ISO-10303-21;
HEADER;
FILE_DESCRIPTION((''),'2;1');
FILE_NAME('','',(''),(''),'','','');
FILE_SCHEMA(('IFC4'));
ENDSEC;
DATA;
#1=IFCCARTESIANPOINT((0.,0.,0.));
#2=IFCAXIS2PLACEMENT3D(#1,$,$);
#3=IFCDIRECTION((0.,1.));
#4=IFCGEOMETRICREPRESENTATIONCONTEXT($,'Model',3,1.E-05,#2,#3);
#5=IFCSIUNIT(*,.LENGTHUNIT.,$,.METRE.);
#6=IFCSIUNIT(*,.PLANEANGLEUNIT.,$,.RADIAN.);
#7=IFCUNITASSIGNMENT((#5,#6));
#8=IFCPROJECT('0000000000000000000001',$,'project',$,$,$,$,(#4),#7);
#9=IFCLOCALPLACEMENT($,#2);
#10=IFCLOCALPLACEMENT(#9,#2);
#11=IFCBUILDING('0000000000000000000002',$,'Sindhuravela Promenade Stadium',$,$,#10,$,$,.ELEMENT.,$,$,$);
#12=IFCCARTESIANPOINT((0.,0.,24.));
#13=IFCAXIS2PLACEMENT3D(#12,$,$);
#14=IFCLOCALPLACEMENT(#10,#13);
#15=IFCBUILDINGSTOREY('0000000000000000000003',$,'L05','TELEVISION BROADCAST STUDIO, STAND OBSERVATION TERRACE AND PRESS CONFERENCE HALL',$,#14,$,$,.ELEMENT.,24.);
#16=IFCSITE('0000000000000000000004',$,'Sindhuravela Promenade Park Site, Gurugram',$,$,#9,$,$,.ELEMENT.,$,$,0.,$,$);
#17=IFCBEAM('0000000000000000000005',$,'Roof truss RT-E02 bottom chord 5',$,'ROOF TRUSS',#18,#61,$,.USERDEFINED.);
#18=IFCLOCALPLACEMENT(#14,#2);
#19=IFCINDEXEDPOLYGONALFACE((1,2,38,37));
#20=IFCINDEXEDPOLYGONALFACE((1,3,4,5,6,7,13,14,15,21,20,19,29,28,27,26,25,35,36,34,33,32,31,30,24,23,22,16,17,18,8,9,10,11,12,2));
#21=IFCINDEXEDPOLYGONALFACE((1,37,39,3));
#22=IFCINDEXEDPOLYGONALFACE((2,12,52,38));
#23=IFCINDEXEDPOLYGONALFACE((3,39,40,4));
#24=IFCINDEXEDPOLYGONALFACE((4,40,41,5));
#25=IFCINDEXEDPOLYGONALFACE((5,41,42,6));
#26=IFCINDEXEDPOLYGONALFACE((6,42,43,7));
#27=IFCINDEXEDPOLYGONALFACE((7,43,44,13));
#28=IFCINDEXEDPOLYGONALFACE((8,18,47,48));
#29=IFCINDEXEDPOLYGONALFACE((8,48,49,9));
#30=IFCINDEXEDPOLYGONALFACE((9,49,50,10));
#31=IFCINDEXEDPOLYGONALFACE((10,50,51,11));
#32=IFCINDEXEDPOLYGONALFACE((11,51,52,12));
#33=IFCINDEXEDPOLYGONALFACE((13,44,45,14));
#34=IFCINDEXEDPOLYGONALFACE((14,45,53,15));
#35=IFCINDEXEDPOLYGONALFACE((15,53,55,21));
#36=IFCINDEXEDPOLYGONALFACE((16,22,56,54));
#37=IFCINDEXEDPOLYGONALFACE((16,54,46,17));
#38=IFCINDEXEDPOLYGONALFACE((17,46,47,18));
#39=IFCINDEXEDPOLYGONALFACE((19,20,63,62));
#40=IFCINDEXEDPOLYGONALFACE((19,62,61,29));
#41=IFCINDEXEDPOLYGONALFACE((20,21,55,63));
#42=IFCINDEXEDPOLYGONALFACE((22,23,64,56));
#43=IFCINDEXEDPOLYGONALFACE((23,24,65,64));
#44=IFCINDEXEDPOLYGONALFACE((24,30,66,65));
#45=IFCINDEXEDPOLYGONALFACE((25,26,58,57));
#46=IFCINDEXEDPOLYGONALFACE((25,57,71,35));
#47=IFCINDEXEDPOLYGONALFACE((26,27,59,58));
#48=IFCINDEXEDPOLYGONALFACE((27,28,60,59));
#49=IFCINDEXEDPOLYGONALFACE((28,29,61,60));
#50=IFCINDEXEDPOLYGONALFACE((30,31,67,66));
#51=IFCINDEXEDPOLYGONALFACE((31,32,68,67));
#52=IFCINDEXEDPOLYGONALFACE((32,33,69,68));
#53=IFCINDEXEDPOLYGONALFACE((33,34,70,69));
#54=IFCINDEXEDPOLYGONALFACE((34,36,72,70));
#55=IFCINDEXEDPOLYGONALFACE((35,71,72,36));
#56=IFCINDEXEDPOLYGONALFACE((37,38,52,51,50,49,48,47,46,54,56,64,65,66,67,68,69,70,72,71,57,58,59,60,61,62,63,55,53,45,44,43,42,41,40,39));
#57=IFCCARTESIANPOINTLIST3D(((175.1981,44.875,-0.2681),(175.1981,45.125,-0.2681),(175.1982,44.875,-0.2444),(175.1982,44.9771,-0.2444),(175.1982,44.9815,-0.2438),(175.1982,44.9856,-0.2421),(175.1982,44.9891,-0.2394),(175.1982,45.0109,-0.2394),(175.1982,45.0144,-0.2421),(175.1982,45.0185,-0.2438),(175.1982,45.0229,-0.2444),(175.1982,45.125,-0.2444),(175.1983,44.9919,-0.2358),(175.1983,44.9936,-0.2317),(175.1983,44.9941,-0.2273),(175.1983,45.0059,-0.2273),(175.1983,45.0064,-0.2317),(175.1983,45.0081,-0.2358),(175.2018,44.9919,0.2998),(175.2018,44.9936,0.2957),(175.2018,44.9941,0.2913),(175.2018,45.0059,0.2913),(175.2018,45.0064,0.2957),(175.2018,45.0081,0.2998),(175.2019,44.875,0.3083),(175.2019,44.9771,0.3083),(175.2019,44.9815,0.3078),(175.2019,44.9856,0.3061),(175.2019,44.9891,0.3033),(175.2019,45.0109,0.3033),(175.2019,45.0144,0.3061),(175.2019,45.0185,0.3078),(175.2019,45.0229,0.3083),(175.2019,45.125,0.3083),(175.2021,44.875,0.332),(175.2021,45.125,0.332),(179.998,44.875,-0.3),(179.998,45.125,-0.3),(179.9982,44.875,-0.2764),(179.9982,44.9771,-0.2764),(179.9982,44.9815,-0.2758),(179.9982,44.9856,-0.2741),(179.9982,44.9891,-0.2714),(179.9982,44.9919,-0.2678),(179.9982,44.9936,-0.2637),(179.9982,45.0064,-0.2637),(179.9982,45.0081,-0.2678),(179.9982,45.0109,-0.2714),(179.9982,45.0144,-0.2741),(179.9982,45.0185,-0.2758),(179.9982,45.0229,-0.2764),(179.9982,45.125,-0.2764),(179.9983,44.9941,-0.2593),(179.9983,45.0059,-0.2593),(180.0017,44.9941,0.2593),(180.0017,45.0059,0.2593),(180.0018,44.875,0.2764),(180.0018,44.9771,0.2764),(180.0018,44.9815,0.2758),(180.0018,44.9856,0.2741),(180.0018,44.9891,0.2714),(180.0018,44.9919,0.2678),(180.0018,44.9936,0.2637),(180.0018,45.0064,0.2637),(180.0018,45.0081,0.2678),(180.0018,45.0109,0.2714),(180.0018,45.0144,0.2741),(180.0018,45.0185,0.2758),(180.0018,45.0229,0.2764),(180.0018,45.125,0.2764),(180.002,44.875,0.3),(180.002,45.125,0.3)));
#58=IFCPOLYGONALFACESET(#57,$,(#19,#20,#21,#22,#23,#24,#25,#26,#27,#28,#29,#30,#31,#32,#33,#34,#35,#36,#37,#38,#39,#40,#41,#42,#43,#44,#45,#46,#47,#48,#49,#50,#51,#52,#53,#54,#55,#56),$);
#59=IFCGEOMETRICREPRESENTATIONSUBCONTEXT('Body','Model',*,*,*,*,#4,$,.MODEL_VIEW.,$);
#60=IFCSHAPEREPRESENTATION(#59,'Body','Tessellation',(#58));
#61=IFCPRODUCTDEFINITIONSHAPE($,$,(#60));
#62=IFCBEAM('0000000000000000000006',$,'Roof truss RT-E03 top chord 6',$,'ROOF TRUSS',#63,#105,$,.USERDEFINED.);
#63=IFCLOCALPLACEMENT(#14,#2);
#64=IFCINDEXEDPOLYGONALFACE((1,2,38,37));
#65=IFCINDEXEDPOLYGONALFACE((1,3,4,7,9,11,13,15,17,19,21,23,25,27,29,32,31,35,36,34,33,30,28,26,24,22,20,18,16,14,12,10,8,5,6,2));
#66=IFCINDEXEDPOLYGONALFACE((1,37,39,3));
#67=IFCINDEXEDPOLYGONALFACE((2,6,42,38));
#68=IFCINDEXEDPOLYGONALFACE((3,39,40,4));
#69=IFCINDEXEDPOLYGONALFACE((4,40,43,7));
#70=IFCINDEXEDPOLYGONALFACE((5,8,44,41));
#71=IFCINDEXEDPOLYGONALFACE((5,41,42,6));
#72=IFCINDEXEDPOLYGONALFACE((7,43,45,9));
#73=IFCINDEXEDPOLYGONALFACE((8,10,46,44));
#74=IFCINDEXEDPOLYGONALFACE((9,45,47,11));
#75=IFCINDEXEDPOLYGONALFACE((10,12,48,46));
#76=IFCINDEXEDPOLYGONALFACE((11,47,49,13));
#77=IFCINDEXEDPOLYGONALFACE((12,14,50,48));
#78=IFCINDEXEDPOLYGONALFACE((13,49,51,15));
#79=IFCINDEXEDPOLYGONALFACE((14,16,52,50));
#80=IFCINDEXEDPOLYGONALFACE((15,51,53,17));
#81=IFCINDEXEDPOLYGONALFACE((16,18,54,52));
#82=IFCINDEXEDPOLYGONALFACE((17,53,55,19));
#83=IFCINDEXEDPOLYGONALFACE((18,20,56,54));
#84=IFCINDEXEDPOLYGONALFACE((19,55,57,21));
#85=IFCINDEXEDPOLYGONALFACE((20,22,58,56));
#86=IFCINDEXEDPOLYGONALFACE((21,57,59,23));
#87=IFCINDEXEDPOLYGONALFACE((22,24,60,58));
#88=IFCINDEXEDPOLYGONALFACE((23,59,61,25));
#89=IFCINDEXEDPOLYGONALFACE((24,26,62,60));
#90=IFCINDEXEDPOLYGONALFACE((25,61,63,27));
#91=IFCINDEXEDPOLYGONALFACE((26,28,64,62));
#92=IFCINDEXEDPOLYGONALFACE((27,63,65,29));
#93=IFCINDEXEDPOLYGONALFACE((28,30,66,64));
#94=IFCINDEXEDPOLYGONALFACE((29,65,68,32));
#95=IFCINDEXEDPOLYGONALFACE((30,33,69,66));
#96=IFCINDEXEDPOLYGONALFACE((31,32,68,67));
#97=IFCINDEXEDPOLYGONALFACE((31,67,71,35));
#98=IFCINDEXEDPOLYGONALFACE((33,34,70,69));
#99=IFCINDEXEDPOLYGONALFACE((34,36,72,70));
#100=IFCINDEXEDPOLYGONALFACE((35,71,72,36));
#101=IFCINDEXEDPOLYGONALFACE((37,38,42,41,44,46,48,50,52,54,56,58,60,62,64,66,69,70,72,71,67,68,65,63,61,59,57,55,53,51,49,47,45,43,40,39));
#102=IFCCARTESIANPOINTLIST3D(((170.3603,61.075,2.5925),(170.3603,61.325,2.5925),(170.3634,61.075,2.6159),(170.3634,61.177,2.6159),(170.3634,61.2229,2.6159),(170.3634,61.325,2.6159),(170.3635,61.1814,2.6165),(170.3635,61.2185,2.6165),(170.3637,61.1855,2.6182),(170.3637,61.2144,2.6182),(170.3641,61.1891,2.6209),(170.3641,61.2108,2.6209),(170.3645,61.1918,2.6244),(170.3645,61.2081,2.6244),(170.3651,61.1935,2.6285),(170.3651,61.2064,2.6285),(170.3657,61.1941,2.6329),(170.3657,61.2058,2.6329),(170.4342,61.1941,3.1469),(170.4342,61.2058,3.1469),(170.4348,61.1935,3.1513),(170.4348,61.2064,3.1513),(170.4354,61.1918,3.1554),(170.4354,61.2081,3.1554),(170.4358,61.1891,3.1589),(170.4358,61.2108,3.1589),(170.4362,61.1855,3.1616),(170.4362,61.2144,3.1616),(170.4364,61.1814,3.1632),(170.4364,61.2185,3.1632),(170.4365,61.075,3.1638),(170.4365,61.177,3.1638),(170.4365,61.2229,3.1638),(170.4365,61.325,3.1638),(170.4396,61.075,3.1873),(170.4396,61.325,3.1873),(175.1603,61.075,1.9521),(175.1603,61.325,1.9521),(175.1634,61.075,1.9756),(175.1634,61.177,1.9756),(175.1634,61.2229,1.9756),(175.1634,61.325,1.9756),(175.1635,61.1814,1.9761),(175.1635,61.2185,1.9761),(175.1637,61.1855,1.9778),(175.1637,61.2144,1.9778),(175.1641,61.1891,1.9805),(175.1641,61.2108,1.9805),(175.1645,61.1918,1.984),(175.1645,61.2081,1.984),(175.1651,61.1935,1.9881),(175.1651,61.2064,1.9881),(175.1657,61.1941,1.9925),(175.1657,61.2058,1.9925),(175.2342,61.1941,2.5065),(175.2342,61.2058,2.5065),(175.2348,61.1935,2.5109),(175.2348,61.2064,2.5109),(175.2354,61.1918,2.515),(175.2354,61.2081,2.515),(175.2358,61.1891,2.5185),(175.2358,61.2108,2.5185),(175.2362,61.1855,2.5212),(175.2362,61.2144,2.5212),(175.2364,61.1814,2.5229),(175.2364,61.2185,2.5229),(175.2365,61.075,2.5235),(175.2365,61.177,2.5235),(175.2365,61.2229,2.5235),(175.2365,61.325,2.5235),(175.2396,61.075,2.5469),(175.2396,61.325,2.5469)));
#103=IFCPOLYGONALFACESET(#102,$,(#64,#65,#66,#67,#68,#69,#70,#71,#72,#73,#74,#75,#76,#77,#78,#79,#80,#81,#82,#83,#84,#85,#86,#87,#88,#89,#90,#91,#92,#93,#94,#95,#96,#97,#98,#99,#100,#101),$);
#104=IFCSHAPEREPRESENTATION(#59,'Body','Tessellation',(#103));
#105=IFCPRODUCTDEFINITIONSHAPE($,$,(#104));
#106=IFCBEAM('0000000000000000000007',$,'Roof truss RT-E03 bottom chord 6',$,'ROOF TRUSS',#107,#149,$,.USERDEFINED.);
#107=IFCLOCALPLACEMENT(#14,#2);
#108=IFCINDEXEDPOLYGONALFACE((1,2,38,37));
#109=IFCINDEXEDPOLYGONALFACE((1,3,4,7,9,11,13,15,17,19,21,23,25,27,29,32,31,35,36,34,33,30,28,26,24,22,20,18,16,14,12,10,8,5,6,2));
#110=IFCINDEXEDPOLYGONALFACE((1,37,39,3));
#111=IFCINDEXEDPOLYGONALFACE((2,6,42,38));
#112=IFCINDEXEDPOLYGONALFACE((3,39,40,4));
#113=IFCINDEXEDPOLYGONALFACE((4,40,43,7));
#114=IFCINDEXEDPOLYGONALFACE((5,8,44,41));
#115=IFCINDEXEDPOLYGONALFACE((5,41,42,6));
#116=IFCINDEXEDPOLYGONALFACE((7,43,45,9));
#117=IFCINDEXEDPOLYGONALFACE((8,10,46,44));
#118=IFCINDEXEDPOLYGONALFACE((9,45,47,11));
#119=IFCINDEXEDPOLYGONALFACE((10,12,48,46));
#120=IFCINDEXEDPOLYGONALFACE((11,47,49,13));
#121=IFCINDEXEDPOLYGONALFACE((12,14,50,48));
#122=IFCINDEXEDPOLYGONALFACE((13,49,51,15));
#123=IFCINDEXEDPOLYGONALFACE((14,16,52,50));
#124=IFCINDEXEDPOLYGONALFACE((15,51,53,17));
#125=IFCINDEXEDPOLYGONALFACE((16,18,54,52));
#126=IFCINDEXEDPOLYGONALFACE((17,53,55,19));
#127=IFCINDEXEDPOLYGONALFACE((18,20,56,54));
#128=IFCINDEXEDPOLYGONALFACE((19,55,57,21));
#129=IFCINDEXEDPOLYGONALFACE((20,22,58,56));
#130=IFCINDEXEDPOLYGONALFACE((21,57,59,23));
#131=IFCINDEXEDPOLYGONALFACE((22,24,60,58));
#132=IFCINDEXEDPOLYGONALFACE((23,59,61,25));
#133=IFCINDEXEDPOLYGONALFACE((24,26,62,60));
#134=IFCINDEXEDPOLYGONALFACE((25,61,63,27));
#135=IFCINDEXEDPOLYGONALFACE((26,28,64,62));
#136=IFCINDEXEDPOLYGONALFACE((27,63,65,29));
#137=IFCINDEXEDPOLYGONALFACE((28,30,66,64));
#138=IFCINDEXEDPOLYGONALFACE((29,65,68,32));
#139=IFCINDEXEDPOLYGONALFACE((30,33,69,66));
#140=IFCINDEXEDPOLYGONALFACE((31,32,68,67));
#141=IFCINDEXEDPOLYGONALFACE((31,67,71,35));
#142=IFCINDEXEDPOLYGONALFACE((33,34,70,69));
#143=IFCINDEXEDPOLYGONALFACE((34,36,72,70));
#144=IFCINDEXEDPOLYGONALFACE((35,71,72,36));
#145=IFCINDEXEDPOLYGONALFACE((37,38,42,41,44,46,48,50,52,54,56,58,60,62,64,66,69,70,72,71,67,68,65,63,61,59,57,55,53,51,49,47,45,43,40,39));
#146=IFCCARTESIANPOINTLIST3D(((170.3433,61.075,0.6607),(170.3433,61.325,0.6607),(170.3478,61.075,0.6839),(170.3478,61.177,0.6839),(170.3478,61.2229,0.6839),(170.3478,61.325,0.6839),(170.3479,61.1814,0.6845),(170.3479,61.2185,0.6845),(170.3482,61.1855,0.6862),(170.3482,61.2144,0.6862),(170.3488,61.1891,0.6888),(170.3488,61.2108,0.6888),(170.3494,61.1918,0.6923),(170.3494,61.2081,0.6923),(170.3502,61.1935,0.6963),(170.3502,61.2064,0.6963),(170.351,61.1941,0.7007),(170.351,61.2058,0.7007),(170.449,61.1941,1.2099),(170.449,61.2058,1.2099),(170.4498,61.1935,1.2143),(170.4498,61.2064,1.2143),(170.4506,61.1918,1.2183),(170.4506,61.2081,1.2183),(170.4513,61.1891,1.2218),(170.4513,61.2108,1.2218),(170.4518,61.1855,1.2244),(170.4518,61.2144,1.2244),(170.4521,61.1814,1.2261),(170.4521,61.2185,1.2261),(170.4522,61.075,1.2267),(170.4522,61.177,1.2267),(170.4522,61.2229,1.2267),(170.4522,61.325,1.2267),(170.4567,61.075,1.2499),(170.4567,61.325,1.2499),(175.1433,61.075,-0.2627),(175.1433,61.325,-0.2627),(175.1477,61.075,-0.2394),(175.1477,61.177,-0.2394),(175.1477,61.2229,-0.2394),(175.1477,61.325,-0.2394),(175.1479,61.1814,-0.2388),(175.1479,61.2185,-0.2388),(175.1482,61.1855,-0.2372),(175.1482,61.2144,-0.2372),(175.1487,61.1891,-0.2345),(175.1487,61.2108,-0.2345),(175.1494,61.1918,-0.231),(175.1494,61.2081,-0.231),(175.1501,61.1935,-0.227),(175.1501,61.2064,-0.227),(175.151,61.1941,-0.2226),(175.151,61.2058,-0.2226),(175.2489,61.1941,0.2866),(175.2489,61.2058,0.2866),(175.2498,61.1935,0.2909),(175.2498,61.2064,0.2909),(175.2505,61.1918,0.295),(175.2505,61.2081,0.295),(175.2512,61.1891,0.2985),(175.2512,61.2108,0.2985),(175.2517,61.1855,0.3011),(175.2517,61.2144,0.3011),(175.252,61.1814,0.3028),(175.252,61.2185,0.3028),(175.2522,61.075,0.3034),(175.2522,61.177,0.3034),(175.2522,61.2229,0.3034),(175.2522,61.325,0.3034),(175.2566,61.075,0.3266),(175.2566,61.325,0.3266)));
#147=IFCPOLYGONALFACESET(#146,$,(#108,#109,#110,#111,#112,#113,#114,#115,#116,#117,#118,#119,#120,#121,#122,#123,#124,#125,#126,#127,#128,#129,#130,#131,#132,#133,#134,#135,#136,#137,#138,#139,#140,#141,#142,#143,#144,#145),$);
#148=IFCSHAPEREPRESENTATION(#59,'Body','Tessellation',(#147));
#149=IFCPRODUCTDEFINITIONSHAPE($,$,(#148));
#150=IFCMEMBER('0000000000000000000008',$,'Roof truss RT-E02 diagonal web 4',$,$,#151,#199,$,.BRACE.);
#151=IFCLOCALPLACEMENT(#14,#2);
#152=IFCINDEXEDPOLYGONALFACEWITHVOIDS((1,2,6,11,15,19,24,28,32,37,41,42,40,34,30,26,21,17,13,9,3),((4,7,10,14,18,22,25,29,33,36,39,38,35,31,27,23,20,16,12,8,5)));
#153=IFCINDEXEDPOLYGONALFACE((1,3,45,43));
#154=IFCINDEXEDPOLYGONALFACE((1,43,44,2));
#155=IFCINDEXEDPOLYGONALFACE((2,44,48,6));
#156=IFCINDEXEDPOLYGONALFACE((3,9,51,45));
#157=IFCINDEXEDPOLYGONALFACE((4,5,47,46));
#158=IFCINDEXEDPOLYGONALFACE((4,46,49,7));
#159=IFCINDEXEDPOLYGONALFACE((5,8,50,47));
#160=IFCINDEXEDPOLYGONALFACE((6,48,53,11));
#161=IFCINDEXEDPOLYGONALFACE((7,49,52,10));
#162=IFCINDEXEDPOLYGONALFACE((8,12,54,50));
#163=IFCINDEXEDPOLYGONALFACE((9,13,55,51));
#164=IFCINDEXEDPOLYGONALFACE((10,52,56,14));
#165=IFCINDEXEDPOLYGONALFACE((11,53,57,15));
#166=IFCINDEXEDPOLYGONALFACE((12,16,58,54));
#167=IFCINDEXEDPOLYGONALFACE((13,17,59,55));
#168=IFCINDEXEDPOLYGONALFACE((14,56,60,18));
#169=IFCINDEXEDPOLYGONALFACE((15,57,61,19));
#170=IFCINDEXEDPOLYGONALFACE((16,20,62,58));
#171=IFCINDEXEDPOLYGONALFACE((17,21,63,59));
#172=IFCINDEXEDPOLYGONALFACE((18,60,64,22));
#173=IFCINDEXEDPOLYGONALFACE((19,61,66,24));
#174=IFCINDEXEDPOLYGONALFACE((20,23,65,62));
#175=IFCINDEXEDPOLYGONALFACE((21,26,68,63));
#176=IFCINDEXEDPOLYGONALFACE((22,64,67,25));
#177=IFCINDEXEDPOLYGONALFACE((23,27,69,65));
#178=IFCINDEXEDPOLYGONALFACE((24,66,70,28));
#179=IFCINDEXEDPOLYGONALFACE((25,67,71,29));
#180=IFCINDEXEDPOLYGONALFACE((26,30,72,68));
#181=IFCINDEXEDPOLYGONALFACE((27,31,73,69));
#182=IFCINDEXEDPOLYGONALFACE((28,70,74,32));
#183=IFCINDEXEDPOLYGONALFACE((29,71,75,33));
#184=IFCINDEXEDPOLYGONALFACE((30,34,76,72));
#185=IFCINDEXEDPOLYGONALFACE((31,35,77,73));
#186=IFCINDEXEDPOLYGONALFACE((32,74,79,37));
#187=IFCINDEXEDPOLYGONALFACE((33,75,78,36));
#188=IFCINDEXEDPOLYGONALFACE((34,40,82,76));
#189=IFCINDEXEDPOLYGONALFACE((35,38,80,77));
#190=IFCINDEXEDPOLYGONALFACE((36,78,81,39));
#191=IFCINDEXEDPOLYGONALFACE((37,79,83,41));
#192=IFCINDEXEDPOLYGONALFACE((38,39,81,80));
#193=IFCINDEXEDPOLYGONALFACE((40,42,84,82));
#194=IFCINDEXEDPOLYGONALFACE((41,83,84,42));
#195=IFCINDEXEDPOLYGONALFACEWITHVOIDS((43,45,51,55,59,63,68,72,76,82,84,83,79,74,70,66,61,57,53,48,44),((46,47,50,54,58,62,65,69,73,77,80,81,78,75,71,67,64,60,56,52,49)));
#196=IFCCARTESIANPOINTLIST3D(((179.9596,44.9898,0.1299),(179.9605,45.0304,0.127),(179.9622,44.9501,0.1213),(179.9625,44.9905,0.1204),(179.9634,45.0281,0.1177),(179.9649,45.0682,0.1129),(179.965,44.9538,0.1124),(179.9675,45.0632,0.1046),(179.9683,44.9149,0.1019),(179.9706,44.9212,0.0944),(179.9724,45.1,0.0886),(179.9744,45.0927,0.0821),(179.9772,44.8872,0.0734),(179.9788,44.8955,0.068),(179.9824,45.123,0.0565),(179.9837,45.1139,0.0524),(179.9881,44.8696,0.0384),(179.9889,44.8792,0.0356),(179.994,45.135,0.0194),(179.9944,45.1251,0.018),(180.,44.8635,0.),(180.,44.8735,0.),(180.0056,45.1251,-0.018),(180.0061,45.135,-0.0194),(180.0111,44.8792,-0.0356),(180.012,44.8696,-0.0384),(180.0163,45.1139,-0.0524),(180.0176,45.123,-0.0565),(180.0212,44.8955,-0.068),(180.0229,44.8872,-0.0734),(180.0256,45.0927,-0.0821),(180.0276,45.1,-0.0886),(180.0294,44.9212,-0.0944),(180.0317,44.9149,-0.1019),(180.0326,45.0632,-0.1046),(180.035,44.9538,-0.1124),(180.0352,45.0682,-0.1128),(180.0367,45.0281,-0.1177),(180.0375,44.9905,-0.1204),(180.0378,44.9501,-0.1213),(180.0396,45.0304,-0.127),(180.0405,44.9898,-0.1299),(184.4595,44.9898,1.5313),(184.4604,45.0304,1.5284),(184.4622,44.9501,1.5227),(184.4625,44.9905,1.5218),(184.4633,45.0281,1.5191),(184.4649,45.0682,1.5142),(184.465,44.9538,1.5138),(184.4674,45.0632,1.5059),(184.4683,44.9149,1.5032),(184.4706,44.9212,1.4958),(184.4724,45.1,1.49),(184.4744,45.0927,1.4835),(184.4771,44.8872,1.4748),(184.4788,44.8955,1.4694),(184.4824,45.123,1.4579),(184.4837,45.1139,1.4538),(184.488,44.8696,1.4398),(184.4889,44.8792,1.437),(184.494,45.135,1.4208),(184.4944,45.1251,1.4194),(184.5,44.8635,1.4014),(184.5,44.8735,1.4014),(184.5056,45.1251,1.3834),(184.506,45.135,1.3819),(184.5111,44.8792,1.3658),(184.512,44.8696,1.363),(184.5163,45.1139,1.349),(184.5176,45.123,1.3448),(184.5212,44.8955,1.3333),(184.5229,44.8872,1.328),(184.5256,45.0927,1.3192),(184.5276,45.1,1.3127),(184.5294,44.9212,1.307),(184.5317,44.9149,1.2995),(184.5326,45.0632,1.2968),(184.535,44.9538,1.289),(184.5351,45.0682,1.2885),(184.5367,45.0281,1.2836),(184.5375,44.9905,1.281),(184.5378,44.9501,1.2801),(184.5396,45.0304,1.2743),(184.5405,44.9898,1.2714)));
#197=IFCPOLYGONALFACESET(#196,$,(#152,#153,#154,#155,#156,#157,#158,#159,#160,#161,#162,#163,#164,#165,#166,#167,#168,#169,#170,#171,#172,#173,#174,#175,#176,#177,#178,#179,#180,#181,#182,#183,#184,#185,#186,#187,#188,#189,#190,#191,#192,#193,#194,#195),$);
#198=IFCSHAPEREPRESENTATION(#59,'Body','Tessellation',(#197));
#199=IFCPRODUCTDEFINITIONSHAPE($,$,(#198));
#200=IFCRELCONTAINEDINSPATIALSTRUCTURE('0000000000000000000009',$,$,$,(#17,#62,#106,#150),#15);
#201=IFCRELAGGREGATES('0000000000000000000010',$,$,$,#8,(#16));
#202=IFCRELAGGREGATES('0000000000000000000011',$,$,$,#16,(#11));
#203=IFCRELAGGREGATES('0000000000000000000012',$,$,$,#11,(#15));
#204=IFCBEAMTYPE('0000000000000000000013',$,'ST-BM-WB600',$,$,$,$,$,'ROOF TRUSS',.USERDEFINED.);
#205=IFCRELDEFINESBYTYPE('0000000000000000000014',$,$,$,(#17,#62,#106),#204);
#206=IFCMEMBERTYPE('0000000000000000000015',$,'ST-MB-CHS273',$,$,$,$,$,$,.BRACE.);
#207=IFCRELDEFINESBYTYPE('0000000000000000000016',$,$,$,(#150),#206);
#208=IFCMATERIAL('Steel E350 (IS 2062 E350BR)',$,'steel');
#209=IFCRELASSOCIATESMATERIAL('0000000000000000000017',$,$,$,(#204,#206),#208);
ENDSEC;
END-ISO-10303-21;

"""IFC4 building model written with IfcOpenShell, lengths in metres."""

from ifc_helpers import new_model, si_unit, direction, frame, origin, origin_2d, place, context, subcontext, project, spatial, hollow_circle, i_section, extrude, material, material_profile, profile_set, type_object, element, save


model = new_model("IFC4")

# Units and contexts
model_context = context("Model", 3, precision=1e-05, world=origin(), true_north=direction((0.0, 1.0)))
body_context = subcontext(model_context, "Body", "Model", "MODEL_VIEW")
ifc_project = project(units=[si_unit("LENGTHUNIT", "METRE"), si_unit("PLANEANGLEUNIT", "RADIAN")], contexts=[model_context])

# Site, building, storey
site_placement = place(None, origin())
site = spatial("IfcSite", under=ifc_project, at=site_placement, Name="Sindhuravela Promenade Park Site, Gurugram", CompositionType="ELEMENT", RefElevation=0.0)
building_placement = place(site_placement, origin())
building = spatial("IfcBuilding", under=site, at=building_placement, Name="Sindhuravela Promenade Stadium", CompositionType="ELEMENT")
storey_placement = place(building_placement, frame((0.0, 0.0, 24.0)))
storey = spatial("IfcBuildingStorey", under=building, at=storey_placement, Name="L05", Description="TELEVISION BROADCAST STUDIO, STAND OBSERVATION TERRACE AND PRESS CONFERENCE HALL", CompositionType="ELEMENT", Elevation=24.0)

# Beams
ifc_material_1 = material(Name="Steel E350 (IS 2062 E350BR)", Category="steel")
ifc_material_profile_1 = material_profile(ifc_material_1, i_section(OverallWidth=0.25, OverallDepth=0.6001, WebThickness=0.0117, FlangeThickness=0.0237, FilletRadius=0.0171, at=origin_2d()), Name="ISWB 600")
ifc_profile_set_1 = profile_set([ifc_material_profile_1], Name="Steel E350 (IS 2062 E350BR)")
beam_type_1 = type_object("IfcBeamType", Name="ST-BM-WB600", ElementType="ROOF TRUSS", PredefinedType="USERDEFINED", material=ifc_profile_set_1)
beam_1_placement = place(storey_placement, frame((180.0, 45.0, 0.0), z_axis=(-0.999978, 0.0, 0.006663), x_axis=(0.0, -1.0, 0.0)))
element("IfcBeam", 1, at=beam_1_placement, inside=storey, type_object=beam_type_1, Name="Roof truss RT-E02 bottom chord 5", ObjectType="ROOF TRUSS", PredefinedType="USERDEFINED", context=body_context, shape_type="SweptSolid", body=[
    extrude(i_section(OverallWidth=0.25, OverallDepth=0.6001, WebThickness=0.0117, FlangeThickness=0.0237, FilletRadius=0.0171, at=origin_2d()), origin(), (0.0, 0.0, 1.0), 4.8),
])
beam_2_placement = place(storey_placement, frame((175.2, 61.2, 2.2495), z_axis=(-0.991218, 0.0, 0.13224), x_axis=(0.0, -1.0, 0.0)))
element("IfcBeam", 2, at=beam_2_placement, inside=storey, type_object=beam_type_1, Name="Roof truss RT-E03 top chord 6", ObjectType="ROOF TRUSS", PredefinedType="USERDEFINED", context=body_context, shape_type="SweptSolid", body=[
    extrude(i_section(OverallWidth=0.25, OverallDepth=0.6001, WebThickness=0.0117, FlangeThickness=0.0237, FilletRadius=0.0171, at=origin_2d()), origin(), (0.0, 0.0, 1.0), 4.8425),
])
beam_3_placement = place(storey_placement, frame((175.2, 61.2, 0.032), z_axis=(-0.981997, 0.0, 0.188897), x_axis=(0.0, -1.0, 0.0)))
element("IfcBeam", 3, at=beam_3_placement, inside=storey, type_object=beam_type_1, Name="Roof truss RT-E03 bottom chord 6", ObjectType="ROOF TRUSS", PredefinedType="USERDEFINED", context=body_context, shape_type="SweptSolid", body=[
    extrude(i_section(OverallWidth=0.25, OverallDepth=0.6001, WebThickness=0.0117, FlangeThickness=0.0237, FilletRadius=0.0171, at=origin_2d()), origin(), (0.0, 0.0, 1.0), 4.8879),
])

# Member
ifc_material_profile_2 = material_profile(ifc_material_1, hollow_circle(Radius=0.1365, WallThickness=0.01, at=origin_2d()), Name="CHS 273.0x10")
ifc_profile_set_2 = profile_set([ifc_material_profile_2], Name="Steel E350 (IS 2062 E350BR)")
member_type_1 = type_object("IfcMemberType", Name="ST-MB-CHS273", PredefinedType="BRACE", material=ifc_profile_set_2)
member_1_placement = place(storey_placement, frame((184.5, 45.0, 1.4014), z_axis=(-0.954774, 0.0, -0.297331), x_axis=(0.0, -1.0, 0.0)))
element("IfcMember", 4, at=member_1_placement, inside=storey, type_object=member_type_1, Name="Roof truss RT-E02 diagonal web 4", PredefinedType="BRACE", context=body_context, shape_type="SweptSolid", body=[
    extrude(hollow_circle(Radius=0.1365, WallThickness=0.01, at=origin_2d()), origin(), (0.0, 0.0, 1.0), 4.7131),
])

save(model, "model.ifc")
